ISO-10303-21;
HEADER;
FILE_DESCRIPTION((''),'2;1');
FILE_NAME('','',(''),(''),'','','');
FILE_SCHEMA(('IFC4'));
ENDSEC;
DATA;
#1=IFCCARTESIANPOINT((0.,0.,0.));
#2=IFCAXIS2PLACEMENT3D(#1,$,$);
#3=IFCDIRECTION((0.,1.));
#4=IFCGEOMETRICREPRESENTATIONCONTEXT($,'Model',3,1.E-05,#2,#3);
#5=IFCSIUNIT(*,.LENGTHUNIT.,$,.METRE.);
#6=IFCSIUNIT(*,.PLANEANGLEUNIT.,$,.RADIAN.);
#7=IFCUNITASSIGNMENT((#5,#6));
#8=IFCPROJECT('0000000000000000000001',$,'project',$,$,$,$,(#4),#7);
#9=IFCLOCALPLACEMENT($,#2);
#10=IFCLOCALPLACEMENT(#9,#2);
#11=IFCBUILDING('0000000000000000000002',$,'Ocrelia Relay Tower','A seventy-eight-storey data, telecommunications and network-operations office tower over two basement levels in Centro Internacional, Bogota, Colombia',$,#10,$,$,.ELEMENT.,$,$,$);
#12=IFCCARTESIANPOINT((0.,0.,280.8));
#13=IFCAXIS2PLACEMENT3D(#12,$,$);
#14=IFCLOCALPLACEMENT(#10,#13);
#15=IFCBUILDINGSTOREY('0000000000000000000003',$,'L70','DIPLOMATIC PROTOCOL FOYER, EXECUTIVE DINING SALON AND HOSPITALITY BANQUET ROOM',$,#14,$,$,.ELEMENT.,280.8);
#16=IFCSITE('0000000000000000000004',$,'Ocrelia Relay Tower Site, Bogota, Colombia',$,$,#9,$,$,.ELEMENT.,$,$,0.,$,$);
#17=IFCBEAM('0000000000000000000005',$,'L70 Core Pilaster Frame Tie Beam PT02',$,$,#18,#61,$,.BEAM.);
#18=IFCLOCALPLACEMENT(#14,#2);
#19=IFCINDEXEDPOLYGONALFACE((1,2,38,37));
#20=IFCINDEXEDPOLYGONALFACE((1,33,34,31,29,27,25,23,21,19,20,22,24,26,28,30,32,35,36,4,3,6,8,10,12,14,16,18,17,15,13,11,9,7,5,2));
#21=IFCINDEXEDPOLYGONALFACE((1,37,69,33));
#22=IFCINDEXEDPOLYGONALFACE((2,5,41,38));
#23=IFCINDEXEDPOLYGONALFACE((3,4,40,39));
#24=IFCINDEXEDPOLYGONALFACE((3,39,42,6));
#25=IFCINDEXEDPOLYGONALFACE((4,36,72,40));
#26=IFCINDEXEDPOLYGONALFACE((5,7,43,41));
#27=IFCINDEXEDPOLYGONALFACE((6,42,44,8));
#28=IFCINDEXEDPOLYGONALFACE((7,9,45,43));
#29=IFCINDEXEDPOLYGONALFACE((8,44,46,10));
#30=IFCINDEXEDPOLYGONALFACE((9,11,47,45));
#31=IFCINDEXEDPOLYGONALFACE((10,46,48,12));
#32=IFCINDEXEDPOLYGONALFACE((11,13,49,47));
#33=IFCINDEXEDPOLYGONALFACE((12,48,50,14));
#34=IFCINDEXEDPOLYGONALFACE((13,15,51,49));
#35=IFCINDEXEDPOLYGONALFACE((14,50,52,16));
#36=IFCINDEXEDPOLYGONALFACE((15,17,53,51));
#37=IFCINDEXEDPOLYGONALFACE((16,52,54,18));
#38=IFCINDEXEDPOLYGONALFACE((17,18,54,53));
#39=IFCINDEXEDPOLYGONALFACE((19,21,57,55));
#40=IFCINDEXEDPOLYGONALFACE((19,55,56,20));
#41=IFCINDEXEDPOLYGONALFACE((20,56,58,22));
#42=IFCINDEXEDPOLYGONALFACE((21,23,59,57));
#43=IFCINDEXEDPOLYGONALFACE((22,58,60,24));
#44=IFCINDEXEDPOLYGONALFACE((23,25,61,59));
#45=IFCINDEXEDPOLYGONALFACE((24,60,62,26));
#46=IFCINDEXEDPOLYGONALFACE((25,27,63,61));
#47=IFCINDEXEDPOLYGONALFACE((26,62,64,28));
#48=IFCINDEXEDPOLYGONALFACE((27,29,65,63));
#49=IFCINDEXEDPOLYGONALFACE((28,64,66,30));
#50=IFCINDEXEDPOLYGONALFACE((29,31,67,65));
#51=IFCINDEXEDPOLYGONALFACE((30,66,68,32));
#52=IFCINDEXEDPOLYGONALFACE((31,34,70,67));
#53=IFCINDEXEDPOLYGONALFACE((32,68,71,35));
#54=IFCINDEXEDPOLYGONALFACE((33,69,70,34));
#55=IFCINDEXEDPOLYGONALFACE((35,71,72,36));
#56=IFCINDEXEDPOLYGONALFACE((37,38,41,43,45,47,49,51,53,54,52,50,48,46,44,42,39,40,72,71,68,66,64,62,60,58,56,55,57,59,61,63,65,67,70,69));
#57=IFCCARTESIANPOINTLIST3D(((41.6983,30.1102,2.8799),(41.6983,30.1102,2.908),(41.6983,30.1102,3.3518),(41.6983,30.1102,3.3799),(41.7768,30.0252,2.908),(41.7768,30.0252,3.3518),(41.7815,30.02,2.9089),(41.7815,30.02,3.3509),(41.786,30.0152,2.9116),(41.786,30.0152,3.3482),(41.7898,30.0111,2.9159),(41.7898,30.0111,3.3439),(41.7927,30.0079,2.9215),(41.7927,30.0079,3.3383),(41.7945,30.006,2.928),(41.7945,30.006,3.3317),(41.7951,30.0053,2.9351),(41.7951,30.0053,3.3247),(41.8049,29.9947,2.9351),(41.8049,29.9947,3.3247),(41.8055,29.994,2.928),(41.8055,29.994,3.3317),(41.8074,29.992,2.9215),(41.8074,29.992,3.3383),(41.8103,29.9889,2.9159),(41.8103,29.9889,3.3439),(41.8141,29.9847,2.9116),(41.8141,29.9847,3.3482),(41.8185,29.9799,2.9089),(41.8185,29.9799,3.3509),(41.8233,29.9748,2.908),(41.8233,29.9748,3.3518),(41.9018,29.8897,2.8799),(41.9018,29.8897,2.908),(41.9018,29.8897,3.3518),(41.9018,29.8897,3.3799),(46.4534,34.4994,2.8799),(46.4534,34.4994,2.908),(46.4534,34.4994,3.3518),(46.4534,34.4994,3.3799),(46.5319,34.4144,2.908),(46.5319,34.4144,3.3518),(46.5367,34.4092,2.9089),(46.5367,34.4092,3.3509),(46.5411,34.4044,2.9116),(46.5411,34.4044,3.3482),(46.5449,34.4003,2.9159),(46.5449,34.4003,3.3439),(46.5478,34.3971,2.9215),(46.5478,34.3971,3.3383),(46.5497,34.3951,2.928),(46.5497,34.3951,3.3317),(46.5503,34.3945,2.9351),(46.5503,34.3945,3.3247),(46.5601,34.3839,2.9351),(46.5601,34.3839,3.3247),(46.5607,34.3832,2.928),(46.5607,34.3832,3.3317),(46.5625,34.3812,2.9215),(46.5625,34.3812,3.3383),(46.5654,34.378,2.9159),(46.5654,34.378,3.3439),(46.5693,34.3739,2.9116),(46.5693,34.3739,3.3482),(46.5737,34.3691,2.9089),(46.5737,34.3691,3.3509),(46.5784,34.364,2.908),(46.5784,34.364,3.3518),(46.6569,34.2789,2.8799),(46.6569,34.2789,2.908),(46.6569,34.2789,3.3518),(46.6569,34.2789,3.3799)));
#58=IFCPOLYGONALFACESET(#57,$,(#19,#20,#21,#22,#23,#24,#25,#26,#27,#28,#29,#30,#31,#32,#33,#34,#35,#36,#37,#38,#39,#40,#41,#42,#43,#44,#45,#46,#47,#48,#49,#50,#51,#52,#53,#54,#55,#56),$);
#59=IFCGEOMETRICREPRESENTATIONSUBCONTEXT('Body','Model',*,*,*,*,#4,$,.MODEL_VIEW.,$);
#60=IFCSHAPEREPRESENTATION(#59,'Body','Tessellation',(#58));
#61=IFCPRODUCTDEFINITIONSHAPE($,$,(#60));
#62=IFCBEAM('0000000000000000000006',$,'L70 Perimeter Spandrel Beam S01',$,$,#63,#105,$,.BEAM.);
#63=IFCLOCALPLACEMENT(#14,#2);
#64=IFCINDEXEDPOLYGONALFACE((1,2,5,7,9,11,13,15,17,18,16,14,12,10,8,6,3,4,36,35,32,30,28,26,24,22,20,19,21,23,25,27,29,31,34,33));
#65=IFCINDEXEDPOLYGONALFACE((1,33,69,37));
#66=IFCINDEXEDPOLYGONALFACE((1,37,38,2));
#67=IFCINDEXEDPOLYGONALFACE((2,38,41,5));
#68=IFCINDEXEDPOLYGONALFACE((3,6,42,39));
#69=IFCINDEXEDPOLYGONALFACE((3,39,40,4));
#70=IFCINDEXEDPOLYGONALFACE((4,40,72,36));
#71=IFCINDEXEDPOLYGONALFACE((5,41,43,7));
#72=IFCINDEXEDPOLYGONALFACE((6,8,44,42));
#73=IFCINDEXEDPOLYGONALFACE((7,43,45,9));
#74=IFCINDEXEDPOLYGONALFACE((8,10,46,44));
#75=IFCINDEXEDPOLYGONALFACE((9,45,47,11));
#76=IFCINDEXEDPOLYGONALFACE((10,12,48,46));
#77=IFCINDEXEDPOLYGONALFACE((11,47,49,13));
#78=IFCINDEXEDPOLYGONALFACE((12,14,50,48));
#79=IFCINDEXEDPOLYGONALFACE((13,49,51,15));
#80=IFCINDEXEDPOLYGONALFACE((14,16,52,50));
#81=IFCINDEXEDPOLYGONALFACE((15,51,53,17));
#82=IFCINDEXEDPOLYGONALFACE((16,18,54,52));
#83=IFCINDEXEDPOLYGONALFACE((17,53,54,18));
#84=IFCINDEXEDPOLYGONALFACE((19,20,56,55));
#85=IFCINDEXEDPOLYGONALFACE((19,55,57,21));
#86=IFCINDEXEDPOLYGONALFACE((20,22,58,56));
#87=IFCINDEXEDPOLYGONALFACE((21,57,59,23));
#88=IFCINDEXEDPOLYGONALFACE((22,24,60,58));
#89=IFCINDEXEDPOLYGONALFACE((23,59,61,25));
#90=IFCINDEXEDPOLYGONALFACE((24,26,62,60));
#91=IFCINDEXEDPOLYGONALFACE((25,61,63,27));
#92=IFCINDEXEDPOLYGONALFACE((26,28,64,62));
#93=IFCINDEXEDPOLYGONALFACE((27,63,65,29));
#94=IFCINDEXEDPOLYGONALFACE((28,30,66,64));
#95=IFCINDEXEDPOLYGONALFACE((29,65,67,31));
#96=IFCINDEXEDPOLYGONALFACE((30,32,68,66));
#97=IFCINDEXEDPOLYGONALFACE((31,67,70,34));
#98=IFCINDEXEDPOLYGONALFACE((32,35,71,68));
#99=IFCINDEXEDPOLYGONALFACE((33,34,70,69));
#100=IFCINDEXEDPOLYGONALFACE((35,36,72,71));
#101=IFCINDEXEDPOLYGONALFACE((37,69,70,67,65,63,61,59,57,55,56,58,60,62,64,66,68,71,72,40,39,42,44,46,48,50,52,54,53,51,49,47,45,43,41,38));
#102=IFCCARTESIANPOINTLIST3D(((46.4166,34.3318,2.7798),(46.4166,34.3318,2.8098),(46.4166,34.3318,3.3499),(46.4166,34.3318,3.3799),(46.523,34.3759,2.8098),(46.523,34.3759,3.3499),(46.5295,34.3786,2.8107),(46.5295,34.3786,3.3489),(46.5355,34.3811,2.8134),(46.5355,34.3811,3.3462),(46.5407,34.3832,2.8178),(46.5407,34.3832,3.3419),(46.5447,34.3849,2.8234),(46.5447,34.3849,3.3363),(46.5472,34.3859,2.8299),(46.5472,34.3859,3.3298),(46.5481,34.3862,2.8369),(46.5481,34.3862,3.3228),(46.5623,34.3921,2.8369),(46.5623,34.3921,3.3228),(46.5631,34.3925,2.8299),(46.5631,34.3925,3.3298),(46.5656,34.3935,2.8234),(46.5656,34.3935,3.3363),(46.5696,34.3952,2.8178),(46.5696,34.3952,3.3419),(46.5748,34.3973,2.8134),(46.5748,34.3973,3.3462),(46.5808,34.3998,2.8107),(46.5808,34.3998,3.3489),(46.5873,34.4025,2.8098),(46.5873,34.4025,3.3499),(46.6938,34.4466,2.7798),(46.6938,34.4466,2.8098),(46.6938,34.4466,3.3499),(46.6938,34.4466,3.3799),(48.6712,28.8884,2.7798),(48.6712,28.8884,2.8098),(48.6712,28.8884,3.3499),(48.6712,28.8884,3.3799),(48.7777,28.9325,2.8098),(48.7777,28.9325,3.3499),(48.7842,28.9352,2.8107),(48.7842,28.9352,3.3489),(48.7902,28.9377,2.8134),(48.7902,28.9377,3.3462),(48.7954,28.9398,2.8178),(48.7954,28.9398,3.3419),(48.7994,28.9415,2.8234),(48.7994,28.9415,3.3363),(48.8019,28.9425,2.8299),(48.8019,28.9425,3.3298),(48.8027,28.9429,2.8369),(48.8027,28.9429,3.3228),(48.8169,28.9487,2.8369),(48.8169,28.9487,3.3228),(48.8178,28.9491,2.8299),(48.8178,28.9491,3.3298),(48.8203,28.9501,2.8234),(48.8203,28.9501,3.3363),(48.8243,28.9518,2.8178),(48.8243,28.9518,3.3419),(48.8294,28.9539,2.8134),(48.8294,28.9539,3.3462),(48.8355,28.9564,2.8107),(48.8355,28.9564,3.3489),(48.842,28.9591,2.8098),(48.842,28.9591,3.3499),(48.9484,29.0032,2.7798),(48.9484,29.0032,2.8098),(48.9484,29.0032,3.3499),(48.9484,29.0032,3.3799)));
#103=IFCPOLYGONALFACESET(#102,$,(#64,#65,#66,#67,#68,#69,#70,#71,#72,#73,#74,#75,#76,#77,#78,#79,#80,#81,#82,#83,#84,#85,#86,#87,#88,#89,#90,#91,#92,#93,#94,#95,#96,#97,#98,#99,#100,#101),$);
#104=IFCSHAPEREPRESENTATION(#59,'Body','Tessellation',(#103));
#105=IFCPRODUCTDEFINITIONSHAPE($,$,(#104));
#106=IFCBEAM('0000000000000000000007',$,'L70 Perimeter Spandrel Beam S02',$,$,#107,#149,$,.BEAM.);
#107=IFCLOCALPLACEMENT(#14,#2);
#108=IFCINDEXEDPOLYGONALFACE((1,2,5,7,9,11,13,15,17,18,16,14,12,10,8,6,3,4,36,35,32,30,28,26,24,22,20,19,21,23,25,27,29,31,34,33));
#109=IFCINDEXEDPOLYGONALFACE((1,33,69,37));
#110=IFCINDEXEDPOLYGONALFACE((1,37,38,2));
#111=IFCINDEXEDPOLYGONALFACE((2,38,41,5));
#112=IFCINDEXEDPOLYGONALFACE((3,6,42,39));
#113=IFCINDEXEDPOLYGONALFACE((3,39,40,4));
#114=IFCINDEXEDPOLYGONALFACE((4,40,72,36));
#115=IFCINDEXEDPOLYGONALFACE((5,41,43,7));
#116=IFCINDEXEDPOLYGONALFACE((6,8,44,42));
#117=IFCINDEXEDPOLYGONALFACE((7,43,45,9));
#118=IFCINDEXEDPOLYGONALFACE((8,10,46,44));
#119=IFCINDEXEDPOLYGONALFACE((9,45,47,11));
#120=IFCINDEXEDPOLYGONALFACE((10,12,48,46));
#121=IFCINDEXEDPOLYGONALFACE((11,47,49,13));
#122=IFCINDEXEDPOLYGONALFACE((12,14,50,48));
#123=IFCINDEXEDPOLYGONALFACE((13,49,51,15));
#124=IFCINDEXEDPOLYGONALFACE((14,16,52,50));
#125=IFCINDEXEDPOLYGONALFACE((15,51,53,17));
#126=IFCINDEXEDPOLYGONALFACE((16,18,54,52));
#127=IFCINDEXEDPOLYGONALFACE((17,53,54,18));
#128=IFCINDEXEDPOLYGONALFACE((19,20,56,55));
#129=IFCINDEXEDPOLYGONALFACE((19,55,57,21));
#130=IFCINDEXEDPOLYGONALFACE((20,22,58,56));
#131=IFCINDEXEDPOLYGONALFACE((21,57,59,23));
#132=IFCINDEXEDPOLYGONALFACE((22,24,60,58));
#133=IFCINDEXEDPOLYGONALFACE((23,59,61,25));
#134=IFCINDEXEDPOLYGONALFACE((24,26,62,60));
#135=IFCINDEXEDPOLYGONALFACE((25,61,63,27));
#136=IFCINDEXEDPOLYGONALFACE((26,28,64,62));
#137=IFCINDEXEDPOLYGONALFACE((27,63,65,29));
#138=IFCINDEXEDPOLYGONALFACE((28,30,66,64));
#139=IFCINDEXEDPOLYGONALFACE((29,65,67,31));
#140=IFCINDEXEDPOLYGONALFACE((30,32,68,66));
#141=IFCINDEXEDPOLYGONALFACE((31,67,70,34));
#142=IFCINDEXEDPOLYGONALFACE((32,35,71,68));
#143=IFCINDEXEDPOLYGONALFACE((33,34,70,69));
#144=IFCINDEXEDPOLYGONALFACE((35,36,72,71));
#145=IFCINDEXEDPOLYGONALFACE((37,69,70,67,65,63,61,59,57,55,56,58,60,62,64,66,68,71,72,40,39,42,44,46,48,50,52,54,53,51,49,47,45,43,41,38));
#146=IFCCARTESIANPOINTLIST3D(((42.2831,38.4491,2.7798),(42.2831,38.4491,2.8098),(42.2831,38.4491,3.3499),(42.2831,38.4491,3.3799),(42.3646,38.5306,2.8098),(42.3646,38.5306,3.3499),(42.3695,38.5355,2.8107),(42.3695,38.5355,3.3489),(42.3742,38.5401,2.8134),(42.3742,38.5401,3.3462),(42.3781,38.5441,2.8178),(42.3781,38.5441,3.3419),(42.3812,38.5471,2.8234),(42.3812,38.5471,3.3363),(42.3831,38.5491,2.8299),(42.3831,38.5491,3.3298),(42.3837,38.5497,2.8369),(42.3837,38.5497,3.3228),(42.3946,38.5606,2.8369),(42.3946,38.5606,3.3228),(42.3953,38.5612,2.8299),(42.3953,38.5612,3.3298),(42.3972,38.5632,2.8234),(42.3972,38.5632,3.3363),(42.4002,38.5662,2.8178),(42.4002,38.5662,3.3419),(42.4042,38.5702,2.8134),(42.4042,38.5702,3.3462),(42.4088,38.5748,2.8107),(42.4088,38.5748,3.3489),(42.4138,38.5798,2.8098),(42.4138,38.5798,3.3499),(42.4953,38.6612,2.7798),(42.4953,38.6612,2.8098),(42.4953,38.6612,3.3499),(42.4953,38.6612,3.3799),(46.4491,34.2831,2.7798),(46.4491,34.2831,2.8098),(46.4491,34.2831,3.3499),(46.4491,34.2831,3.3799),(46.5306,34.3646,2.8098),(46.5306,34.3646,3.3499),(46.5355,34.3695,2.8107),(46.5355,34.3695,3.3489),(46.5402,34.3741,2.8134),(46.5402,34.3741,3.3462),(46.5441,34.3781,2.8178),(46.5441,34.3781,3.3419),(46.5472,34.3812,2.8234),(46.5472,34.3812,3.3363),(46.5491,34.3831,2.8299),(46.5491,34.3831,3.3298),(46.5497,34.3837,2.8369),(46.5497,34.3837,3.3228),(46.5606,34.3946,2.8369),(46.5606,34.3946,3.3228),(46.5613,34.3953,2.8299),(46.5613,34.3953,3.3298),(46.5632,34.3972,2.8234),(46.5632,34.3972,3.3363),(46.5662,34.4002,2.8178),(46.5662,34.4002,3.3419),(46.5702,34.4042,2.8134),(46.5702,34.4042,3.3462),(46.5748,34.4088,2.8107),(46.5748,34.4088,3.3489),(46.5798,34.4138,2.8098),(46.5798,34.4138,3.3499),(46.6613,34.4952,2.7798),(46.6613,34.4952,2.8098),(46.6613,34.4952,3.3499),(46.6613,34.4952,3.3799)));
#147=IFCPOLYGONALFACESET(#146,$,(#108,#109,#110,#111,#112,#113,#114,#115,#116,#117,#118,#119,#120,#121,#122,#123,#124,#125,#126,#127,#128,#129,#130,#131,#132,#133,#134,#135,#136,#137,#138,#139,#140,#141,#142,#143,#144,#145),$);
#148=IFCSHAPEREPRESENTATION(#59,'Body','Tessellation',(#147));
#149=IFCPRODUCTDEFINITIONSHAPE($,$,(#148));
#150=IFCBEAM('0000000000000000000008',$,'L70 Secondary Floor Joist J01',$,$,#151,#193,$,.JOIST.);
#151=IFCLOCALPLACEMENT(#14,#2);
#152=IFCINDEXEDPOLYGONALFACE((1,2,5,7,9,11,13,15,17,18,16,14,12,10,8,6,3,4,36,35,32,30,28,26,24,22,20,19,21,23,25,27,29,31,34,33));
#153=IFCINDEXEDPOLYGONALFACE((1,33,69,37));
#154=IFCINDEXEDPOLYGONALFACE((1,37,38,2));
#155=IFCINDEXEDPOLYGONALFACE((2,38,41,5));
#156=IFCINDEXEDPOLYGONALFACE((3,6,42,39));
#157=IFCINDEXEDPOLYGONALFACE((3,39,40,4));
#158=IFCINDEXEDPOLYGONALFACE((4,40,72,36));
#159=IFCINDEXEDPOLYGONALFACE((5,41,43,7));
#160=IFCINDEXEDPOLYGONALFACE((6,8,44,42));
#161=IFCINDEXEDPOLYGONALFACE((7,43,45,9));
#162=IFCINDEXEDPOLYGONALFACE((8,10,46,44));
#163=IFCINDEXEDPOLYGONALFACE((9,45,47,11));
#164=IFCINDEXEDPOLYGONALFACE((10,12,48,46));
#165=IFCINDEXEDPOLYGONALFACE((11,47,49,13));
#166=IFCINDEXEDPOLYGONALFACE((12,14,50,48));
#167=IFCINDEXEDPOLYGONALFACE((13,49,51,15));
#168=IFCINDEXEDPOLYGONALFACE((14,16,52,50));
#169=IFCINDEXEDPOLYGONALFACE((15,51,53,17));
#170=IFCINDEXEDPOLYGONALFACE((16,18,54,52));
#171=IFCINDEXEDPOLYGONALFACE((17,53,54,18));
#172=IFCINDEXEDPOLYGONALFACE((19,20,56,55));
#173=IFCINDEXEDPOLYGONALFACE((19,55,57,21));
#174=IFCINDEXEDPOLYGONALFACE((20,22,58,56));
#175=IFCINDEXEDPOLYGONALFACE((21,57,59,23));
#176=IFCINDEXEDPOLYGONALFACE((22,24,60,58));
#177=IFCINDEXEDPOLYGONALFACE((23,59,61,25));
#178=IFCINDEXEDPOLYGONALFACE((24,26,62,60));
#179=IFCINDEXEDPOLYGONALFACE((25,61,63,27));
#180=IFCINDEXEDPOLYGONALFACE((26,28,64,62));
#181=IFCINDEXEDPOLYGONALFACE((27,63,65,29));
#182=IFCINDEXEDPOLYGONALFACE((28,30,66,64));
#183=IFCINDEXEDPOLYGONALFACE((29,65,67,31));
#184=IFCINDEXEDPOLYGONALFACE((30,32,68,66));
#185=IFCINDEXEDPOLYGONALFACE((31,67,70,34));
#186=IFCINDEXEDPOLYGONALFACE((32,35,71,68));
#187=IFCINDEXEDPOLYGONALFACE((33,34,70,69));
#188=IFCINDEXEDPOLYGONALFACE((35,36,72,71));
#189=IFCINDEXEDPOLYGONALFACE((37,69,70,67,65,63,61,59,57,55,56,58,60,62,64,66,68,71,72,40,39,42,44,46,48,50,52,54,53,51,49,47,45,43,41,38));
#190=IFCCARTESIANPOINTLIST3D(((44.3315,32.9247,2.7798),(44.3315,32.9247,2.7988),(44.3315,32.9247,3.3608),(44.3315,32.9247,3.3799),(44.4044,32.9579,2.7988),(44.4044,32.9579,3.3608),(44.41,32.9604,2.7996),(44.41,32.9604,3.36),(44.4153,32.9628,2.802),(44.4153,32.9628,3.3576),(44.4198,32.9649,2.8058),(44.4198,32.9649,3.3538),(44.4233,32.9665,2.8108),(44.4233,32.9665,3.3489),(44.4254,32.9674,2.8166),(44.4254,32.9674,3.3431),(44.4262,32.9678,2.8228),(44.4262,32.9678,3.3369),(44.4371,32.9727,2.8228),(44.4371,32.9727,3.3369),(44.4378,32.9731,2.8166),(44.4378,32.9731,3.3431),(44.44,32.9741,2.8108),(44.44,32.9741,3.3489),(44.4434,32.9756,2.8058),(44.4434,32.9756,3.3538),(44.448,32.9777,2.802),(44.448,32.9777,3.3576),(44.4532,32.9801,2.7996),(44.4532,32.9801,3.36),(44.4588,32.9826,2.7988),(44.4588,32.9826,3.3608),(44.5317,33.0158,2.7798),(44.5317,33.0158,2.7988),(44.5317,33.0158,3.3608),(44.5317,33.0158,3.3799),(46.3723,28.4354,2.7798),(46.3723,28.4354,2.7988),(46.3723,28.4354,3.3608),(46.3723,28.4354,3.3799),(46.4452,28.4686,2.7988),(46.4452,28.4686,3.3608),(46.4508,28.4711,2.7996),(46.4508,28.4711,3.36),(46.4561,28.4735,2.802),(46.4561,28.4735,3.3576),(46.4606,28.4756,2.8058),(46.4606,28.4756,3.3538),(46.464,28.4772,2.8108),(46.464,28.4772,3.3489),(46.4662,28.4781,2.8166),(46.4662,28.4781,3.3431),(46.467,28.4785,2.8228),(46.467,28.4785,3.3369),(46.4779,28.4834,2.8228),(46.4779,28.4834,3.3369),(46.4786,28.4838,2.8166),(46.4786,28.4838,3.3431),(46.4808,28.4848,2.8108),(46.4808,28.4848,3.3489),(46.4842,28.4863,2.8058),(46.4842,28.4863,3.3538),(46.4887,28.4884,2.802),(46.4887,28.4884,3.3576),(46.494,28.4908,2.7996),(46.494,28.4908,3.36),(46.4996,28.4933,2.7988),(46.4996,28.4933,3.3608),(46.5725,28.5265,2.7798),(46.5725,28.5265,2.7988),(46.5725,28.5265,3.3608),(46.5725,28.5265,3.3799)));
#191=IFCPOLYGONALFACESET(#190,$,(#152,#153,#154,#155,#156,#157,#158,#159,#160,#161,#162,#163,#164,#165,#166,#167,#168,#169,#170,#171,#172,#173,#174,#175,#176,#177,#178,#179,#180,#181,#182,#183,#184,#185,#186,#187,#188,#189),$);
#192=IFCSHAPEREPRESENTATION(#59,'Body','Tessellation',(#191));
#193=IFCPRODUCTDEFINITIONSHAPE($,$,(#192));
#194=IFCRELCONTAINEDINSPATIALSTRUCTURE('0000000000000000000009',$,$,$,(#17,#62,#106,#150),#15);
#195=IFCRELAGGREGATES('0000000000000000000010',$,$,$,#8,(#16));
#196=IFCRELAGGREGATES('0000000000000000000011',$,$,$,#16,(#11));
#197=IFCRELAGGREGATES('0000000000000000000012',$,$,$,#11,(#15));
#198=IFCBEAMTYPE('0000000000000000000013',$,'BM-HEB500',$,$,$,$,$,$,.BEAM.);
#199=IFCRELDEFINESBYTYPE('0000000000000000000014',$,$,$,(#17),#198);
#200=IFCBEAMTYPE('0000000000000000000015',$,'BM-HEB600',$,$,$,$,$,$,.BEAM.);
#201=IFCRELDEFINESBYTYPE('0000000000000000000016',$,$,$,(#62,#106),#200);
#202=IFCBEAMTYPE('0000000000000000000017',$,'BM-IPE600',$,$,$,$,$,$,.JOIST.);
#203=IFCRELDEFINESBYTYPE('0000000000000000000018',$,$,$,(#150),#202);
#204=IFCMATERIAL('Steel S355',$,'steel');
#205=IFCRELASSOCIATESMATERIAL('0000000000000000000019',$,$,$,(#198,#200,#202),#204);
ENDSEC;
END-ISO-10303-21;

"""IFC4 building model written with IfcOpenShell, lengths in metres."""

from ifc_helpers import new_model, si_unit, direction, frame, origin, origin_2d, place, context, subcontext, project, spatial, i_section, extrude, material, material_profile, profile_set, type_object, element, save


model = new_model("IFC4")

# Units and contexts
model_context = context("Model", 3, precision=1e-05, world=origin(), true_north=direction((0.0, 1.0)))
body_context = subcontext(model_context, "Body", "Model", "MODEL_VIEW")
ifc_project = project(units=[si_unit("LENGTHUNIT", "METRE"), si_unit("PLANEANGLEUNIT", "RADIAN")], contexts=[model_context])

# Site, building, storey
site_placement = place(None, origin())
site = spatial("IfcSite", under=ifc_project, at=site_placement, Name="Ocrelia Relay Tower Site, Bogota, Colombia", CompositionType="ELEMENT", RefElevation=0.0)
building_placement = place(site_placement, origin())
building = spatial("IfcBuilding", under=site, at=building_placement, Name="Ocrelia Relay Tower", Description="A seventy-eight-storey data, telecommunications and network-operations office tower over two basement levels in Centro Internacional, Bogota, Colombia", CompositionType="ELEMENT")
storey_placement = place(building_placement, frame((0.0, 0.0, 280.8)))
storey = spatial("IfcBuildingStorey", under=building, at=storey_placement, Name="L70", Description="DIPLOMATIC PROTOCOL FOYER, EXECUTIVE DINING SALON AND HOSPITALITY BANQUET ROOM", CompositionType="ELEMENT", Elevation=280.8)

# Beams
ifc_material_1 = material(Name="Steel S355", Category="steel")
ifc_material_profile_1 = material_profile(ifc_material_1, i_section(OverallWidth=0.3, OverallDepth=0.5, WebThickness=0.0144, FlangeThickness=0.0281, FilletRadius=0.0271, at=origin_2d()), Name="HEB 500")
ifc_profile_set_1 = profile_set([ifc_material_profile_1], Name="Steel S355")
beam_type_1 = type_object("IfcBeamType", Name="BM-HEB500", PredefinedType="BEAM", material=ifc_profile_set_1)
beam_1_placement = place(storey_placement, frame((46.5552, 34.3892, 3.1299), z_axis=(-0.734818, -0.678264, 0.0), x_axis=(0.678264, -0.734818, 0.0)))
element("IfcBeam", 1, at=beam_1_placement, inside=storey, type_object=beam_type_1, Name="L70 Core Pilaster Frame Tie Beam PT02", PredefinedType="BEAM", context=body_context, shape_type="SweptSolid", body=[
    extrude(i_section(OverallWidth=0.3, OverallDepth=0.5, WebThickness=0.0144, FlangeThickness=0.0281, FilletRadius=0.0271, at=origin_2d()), origin(), (0.0, 0.0, 1.0), 6.4712),
])
ifc_material_profile_2 = material_profile(ifc_material_1, i_section(OverallWidth=0.3, OverallDepth=0.6001, WebThickness=0.0154, FlangeThickness=0.03, FilletRadius=0.0271, at=origin_2d()), Name="HEB 600")
ifc_profile_set_2 = profile_set([ifc_material_profile_2], Name="Steel S355")
beam_type_2 = type_object("IfcBeamType", Name="BM-HEB600", PredefinedType="BEAM", material=ifc_profile_set_2)
beam_2_placement = place(storey_placement, frame((48.8098, 28.9458, 3.0798), z_axis=(-0.382673, 0.923884, 0.0), x_axis=(-0.923884, -0.382673, 0.0)))
element("IfcBeam", 2, at=beam_2_placement, inside=storey, type_object=beam_type_2, Name="L70 Perimeter Spandrel Beam S01", PredefinedType="BEAM", context=body_context, shape_type="SweptSolid", body=[
    extrude(i_section(OverallWidth=0.3, OverallDepth=0.6001, WebThickness=0.0154, FlangeThickness=0.03, FilletRadius=0.0271, at=origin_2d()), origin(), (0.0, 0.0, 1.0), 5.8918),
])
beam_3_placement = place(storey_placement, frame((46.5552, 34.3892, 3.0798), z_axis=(-0.707107, 0.707107, 0.0), x_axis=(-0.707107, -0.707107, 0.0)))
element("IfcBeam", 3, at=beam_3_placement, inside=storey, type_object=beam_type_2, Name="L70 Perimeter Spandrel Beam S02", PredefinedType="BEAM", context=body_context, shape_type="SweptSolid", body=[
    extrude(i_section(OverallWidth=0.3, OverallDepth=0.6001, WebThickness=0.0154, FlangeThickness=0.03, FilletRadius=0.0271, at=origin_2d()), origin(), (0.0, 0.0, 1.0), 5.8916),
])
ifc_material_profile_3 = material_profile(ifc_material_1, i_section(OverallWidth=0.22, OverallDepth=0.6001, WebThickness=0.012, FlangeThickness=0.019, FilletRadius=0.0239, at=origin_2d()), Name="IPE 600")
ifc_profile_set_3 = profile_set([ifc_material_profile_3], Name="Steel S355")
beam_type_3 = type_object("IfcBeamType", Name="BM-IPE600", PredefinedType="JOIST", material=ifc_profile_set_3)
beam_4_placement = place(storey_placement, frame((46.4724, 28.481, 3.0798), z_axis=(-0.413837, 0.910351, 0.0), x_axis=(-0.910351, -0.413837, 0.0)))
element("IfcBeam", 4, at=beam_4_placement, inside=storey, type_object=beam_type_3, Name="L70 Secondary Floor Joist J01", PredefinedType="JOIST", context=body_context, shape_type="SweptSolid", body=[
    extrude(i_section(OverallWidth=0.22, OverallDepth=0.6001, WebThickness=0.012, FlangeThickness=0.019, FilletRadius=0.0239, at=origin_2d()), origin(), (0.0, 0.0, 1.0), 4.9314),
])

save(model, "model.ifc")
